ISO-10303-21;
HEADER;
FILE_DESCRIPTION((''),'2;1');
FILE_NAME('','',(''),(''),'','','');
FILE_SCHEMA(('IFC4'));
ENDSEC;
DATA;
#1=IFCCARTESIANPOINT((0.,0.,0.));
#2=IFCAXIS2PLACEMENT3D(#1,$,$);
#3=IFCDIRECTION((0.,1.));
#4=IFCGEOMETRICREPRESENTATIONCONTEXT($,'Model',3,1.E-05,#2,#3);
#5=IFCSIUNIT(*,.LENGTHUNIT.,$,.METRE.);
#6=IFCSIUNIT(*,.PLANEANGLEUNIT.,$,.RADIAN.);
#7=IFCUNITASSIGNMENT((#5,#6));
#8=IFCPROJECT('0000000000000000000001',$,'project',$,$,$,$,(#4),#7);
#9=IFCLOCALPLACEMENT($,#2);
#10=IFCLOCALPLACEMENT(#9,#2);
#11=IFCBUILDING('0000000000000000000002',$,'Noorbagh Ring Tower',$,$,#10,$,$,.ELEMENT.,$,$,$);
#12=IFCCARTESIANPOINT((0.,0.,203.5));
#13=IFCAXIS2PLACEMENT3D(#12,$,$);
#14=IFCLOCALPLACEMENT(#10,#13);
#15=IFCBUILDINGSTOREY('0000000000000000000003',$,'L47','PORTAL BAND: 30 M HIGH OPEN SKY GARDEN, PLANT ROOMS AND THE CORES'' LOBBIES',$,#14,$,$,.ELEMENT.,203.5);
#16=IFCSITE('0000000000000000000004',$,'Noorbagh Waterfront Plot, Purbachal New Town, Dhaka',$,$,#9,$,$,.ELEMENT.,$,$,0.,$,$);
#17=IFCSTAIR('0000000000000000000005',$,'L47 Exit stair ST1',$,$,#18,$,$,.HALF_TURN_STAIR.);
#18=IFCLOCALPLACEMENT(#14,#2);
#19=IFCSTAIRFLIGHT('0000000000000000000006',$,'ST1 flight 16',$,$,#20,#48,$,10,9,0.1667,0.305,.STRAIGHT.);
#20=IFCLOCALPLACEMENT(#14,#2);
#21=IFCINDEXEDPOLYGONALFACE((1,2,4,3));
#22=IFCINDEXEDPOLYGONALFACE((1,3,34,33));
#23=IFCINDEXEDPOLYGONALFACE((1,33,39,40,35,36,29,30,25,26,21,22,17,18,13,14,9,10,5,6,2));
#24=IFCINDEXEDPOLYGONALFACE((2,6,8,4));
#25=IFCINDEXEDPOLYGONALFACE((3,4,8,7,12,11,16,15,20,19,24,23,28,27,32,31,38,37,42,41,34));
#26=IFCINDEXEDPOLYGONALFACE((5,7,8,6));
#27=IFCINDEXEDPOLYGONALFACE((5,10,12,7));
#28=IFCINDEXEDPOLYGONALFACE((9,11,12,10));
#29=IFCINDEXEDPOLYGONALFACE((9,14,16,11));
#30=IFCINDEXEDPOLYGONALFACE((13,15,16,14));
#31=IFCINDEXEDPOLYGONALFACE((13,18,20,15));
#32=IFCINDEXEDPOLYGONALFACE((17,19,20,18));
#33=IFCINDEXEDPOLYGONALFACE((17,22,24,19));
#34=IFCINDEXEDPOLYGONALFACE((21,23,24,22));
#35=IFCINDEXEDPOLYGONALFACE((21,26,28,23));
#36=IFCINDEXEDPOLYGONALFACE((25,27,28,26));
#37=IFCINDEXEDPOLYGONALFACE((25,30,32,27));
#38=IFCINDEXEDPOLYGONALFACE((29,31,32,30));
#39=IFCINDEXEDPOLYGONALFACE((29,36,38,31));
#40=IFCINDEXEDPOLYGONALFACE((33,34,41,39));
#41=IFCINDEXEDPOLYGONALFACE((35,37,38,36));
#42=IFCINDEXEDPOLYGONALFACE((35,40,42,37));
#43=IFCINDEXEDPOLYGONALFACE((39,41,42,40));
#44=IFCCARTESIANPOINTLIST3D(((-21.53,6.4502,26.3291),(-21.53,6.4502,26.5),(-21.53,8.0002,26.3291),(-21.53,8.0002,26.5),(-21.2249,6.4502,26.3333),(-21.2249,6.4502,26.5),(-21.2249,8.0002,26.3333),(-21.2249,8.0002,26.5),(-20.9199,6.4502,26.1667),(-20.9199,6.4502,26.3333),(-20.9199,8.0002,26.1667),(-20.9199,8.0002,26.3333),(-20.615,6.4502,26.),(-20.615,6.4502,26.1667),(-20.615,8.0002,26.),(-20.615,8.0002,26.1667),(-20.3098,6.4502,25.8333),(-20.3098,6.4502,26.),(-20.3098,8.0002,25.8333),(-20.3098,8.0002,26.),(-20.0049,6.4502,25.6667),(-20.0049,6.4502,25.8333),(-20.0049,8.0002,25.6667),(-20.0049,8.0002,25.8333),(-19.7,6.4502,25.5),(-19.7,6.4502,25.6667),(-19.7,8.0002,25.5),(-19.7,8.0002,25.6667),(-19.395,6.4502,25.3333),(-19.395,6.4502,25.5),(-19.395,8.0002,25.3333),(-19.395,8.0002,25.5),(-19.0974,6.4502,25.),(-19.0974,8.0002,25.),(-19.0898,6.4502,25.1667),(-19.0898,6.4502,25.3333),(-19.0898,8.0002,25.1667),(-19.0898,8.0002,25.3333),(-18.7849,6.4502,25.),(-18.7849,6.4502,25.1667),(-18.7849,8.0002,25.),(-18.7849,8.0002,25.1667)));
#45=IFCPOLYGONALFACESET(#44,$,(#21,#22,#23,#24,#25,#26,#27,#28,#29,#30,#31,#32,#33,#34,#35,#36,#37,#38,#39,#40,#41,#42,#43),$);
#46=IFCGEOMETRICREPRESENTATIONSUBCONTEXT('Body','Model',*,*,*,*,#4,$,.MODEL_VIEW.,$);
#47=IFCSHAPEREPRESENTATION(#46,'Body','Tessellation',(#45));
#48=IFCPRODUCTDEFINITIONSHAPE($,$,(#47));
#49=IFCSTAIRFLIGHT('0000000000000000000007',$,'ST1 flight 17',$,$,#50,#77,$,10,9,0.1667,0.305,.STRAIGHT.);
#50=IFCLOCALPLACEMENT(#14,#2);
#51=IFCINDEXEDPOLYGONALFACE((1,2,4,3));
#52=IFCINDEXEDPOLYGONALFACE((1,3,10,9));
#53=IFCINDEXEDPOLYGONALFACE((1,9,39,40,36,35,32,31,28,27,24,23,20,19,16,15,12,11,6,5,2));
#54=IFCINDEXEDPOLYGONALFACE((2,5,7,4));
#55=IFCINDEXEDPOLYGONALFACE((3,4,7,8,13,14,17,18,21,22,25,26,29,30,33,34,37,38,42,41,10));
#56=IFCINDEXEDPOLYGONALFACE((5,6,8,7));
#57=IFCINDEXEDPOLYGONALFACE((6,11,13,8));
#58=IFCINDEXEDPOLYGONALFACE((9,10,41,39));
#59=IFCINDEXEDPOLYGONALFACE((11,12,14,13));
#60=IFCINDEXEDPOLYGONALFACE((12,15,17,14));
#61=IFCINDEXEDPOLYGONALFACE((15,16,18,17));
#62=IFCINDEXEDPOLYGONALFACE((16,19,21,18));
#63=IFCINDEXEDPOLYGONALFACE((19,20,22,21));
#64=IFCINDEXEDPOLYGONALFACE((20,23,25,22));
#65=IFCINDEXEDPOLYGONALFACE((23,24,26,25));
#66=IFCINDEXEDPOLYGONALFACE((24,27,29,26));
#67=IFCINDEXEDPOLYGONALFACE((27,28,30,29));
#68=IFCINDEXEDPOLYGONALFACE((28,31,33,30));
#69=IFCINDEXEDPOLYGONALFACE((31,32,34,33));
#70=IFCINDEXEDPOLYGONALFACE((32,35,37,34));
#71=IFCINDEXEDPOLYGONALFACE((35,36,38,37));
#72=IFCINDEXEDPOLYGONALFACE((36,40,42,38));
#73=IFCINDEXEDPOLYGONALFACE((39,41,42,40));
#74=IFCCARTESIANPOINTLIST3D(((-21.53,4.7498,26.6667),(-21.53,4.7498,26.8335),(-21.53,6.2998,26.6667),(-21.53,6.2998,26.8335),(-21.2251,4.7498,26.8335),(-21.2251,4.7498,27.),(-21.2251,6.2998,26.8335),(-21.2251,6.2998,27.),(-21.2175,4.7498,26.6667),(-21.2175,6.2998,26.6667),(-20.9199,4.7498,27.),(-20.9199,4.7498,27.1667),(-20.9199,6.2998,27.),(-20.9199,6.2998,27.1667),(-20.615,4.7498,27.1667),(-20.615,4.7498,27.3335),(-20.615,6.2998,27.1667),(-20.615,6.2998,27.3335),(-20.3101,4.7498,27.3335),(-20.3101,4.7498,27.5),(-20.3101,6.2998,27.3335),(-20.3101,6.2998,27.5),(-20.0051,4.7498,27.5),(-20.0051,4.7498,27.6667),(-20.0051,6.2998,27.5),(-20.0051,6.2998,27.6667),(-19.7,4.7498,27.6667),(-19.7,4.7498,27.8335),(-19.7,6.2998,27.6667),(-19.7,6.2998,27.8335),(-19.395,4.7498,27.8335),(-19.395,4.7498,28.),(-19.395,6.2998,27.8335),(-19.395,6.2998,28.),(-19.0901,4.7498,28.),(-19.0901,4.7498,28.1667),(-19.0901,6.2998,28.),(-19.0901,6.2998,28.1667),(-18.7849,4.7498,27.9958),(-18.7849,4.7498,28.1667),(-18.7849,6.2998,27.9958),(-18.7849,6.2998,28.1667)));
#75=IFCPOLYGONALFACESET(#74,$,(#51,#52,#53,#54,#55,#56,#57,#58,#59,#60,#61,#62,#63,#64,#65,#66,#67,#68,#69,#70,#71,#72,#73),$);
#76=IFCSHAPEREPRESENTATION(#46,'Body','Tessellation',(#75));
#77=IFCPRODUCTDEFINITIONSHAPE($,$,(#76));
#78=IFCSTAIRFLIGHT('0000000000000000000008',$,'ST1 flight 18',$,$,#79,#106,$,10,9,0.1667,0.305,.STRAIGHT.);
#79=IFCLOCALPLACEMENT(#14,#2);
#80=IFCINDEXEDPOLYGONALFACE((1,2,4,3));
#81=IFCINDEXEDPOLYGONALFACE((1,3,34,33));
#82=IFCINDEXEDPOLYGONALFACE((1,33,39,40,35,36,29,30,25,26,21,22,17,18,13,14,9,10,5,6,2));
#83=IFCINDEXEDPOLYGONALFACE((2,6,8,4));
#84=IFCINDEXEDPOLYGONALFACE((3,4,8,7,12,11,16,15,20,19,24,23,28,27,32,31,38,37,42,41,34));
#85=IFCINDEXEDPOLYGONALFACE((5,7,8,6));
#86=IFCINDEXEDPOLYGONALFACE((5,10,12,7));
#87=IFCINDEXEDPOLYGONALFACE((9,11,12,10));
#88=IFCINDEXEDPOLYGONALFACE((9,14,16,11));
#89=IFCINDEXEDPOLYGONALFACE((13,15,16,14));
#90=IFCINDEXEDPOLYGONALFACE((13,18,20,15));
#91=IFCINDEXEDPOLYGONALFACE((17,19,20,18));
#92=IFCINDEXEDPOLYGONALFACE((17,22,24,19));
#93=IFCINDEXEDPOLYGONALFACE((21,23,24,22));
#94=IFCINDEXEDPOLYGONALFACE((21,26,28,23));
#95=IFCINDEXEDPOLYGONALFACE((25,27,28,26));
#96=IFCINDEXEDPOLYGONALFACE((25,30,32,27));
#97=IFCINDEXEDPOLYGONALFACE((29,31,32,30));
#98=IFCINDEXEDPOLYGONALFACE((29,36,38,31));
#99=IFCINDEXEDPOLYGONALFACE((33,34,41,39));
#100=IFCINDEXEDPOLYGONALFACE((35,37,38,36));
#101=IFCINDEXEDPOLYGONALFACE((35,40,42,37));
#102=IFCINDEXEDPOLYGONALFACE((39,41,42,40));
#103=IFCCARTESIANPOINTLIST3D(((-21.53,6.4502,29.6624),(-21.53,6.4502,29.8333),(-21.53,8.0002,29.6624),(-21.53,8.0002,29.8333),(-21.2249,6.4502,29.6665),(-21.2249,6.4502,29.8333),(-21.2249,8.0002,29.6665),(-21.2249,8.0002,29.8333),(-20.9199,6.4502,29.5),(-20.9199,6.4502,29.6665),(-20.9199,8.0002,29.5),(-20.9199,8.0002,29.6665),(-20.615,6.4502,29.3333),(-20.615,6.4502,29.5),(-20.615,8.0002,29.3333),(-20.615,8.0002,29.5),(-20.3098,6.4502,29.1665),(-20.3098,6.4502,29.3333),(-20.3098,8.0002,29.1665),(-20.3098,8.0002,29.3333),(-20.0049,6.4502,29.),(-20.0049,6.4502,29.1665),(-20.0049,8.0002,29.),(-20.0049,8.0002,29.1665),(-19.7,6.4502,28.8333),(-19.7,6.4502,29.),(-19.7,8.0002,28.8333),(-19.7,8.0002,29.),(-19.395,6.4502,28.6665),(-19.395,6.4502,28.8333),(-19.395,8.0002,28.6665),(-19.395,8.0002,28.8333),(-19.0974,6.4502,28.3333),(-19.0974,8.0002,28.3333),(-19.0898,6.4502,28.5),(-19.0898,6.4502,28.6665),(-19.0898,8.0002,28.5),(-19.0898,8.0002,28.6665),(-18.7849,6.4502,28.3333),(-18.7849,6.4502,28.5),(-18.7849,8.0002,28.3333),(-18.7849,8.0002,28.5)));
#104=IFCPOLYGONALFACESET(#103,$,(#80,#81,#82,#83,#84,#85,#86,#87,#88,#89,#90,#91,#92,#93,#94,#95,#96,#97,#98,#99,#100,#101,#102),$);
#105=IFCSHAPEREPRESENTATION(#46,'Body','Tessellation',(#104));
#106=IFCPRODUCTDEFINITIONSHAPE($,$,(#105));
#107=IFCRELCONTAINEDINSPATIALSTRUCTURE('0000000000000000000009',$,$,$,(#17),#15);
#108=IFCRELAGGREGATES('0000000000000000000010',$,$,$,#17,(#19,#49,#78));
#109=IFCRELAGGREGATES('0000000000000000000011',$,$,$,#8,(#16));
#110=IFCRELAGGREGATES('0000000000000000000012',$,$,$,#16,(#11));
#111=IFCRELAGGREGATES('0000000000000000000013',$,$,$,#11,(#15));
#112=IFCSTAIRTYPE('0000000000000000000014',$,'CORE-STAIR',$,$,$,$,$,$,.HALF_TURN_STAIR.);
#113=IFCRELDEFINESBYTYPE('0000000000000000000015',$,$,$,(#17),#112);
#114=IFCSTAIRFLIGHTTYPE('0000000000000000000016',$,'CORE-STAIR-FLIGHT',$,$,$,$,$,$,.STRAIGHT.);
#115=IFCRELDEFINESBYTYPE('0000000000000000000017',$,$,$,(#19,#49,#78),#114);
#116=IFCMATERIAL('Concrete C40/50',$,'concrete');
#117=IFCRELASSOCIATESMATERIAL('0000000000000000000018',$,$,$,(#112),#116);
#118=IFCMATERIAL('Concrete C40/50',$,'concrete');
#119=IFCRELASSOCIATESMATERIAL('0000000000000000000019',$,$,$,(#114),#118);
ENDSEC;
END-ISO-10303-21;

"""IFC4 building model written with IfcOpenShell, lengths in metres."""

from ifc_helpers import new_model, si_unit, direction, frame, origin, place, context, subcontext, project, spatial, polyline, outline, extrude, material, type_object, element, aggregate, save


model = new_model("IFC4")

# Units and contexts
model_context = context("Model", 3, precision=1e-05, world=origin(), true_north=direction((0.0, 1.0)))
body_context = subcontext(model_context, "Body", "Model", "MODEL_VIEW")
ifc_project = project(units=[si_unit("LENGTHUNIT", "METRE"), si_unit("PLANEANGLEUNIT", "RADIAN")], contexts=[model_context])

# Site, building, storey
site_placement = place(None, origin())
site = spatial("IfcSite", under=ifc_project, at=site_placement, Name="Noorbagh Waterfront Plot, Purbachal New Town, Dhaka", CompositionType="ELEMENT", RefElevation=0.0)
building_placement = place(site_placement, origin())
building = spatial("IfcBuilding", under=site, at=building_placement, Name="Noorbagh Ring Tower", CompositionType="ELEMENT")
storey_placement = place(building_placement, frame((0.0, 0.0, 203.5)))
storey = spatial("IfcBuildingStorey", under=building, at=storey_placement, Name="L47", Description="PORTAL BAND: 30 M HIGH OPEN SKY GARDEN, PLANT ROOMS AND THE CORES' LOBBIES", CompositionType="ELEMENT", Elevation=203.5)

# Stair, stair flights
ifc_material_1 = material(Name="Concrete C40/50", Category="concrete")
stair_type = type_object("IfcStairType", Name="CORE-STAIR", PredefinedType="HALF_TURN_STAIR", material=ifc_material_1)
stair_placement = place(storey_placement, origin())
stair = element("IfcStair", 1, at=stair_placement, inside=storey, type_object=stair_type, Name="L47 Exit stair ST1", PredefinedType="HALF_TURN_STAIR")
ifc_material_2 = material(Name="Concrete C40/50", Category="concrete")
stair_flight_type = type_object("IfcStairFlightType", Name="CORE-STAIR-FLIGHT", PredefinedType="STRAIGHT", material=ifc_material_2)
stair_flight_1_placement = place(storey_placement, frame((-18.7849, 7.2251, 25.0), z_axis=(0.0, 0.0, 1.0), x_axis=(-1.0, 0.0, 0.0)))
stair_flight_1 = element("IfcStairFlight", 2, at=stair_flight_1_placement, type_object=stair_flight_type, Name="ST1 flight 16", NumberOfRisers=10, NumberOfTreads=9, PredefinedType="STRAIGHT", RiserHeight=0.1667, TreadLength=0.305, context=body_context, shape_type="SweptSolid", body=[
    extrude(outline(polyline([(0.0, 0.0), (0.0, 0.1667), (0.3049, 0.1667), (0.3049, 0.3333), (0.6101, 0.3333), (0.6101, 0.5), (0.915, 0.5), (0.915, 0.6667), (1.22, 0.6667), (1.22, 0.8333), (1.5249, 0.8333), (1.5249, 1.0), (1.8301, 1.0), (1.8301, 1.1667), (2.135, 1.1667), (2.135, 1.3333), (2.4399, 1.3333), (2.4399, 1.5), (2.7451, 1.5), (2.7451, 1.6667), (2.7451, 1.3291), (0.3125, 0.0), (0.0, 0.0)])), frame((0.0, 0.7749, 0.0), z_axis=(0.0, -1.0, 0.0), x_axis=(1.0, 0.0, 0.0)), (0.0, 0.0, 1.0), 1.55),
])
stair_flight_2_placement = place(storey_placement, frame((-21.53, 5.5249, 26.6667), z_axis=(0.0, 0.0, 1.0), x_axis=(1.0, 0.0, 0.0)))
stair_flight_2 = element("IfcStairFlight", 3, at=stair_flight_2_placement, type_object=stair_flight_type, Name="ST1 flight 17", NumberOfRisers=10, NumberOfTreads=9, PredefinedType="STRAIGHT", RiserHeight=0.1667, TreadLength=0.305, context=body_context, shape_type="SweptSolid", body=[
    extrude(outline(polyline([(0.0, 0.0), (0.0, 0.1667), (0.3049, 0.1667), (0.3049, 0.3333), (0.6101, 0.3333), (0.6101, 0.5), (0.915, 0.5), (0.915, 0.6667), (1.22, 0.6667), (1.22, 0.8333), (1.5249, 0.8333), (1.5249, 1.0), (1.8301, 1.0), (1.8301, 1.1667), (2.135, 1.1667), (2.135, 1.3333), (2.4399, 1.3333), (2.4399, 1.5), (2.7451, 1.5), (2.7451, 1.6667), (2.7451, 1.3291), (0.3125, 0.0), (0.0, 0.0)])), frame((0.0, 0.7749, 0.0), z_axis=(0.0, -1.0, 0.0), x_axis=(1.0, 0.0, 0.0)), (0.0, 0.0, 1.0), 1.55),
])
stair_flight_3_placement = place(storey_placement, frame((-18.7849, 7.2251, 28.3333), z_axis=(0.0, 0.0, 1.0), x_axis=(-1.0, 0.0, 0.0)))
stair_flight_3 = element("IfcStairFlight", 4, at=stair_flight_3_placement, type_object=stair_flight_type, Name="ST1 flight 18", NumberOfRisers=10, NumberOfTreads=9, PredefinedType="STRAIGHT", RiserHeight=0.1667, TreadLength=0.305, context=body_context, shape_type="SweptSolid", body=[
    extrude(outline(polyline([(0.0, 0.0), (0.0, 0.1667), (0.3049, 0.1667), (0.3049, 0.3333), (0.6101, 0.3333), (0.6101, 0.5), (0.915, 0.5), (0.915, 0.6667), (1.22, 0.6667), (1.22, 0.8333), (1.5249, 0.8333), (1.5249, 1.0), (1.8301, 1.0), (1.8301, 1.1667), (2.135, 1.1667), (2.135, 1.3333), (2.4399, 1.3333), (2.4399, 1.5), (2.7451, 1.5), (2.7451, 1.6667), (2.7451, 1.3291), (0.3125, 0.0), (0.0, 0.0)])), frame((0.0, 0.7749, 0.0), z_axis=(0.0, -1.0, 0.0), x_axis=(1.0, 0.0, 0.0)), (0.0, 0.0, 1.0), 1.55),
])
aggregate(stair, [stair_flight_1, stair_flight_2, stair_flight_3])

save(model, "model.ifc")
